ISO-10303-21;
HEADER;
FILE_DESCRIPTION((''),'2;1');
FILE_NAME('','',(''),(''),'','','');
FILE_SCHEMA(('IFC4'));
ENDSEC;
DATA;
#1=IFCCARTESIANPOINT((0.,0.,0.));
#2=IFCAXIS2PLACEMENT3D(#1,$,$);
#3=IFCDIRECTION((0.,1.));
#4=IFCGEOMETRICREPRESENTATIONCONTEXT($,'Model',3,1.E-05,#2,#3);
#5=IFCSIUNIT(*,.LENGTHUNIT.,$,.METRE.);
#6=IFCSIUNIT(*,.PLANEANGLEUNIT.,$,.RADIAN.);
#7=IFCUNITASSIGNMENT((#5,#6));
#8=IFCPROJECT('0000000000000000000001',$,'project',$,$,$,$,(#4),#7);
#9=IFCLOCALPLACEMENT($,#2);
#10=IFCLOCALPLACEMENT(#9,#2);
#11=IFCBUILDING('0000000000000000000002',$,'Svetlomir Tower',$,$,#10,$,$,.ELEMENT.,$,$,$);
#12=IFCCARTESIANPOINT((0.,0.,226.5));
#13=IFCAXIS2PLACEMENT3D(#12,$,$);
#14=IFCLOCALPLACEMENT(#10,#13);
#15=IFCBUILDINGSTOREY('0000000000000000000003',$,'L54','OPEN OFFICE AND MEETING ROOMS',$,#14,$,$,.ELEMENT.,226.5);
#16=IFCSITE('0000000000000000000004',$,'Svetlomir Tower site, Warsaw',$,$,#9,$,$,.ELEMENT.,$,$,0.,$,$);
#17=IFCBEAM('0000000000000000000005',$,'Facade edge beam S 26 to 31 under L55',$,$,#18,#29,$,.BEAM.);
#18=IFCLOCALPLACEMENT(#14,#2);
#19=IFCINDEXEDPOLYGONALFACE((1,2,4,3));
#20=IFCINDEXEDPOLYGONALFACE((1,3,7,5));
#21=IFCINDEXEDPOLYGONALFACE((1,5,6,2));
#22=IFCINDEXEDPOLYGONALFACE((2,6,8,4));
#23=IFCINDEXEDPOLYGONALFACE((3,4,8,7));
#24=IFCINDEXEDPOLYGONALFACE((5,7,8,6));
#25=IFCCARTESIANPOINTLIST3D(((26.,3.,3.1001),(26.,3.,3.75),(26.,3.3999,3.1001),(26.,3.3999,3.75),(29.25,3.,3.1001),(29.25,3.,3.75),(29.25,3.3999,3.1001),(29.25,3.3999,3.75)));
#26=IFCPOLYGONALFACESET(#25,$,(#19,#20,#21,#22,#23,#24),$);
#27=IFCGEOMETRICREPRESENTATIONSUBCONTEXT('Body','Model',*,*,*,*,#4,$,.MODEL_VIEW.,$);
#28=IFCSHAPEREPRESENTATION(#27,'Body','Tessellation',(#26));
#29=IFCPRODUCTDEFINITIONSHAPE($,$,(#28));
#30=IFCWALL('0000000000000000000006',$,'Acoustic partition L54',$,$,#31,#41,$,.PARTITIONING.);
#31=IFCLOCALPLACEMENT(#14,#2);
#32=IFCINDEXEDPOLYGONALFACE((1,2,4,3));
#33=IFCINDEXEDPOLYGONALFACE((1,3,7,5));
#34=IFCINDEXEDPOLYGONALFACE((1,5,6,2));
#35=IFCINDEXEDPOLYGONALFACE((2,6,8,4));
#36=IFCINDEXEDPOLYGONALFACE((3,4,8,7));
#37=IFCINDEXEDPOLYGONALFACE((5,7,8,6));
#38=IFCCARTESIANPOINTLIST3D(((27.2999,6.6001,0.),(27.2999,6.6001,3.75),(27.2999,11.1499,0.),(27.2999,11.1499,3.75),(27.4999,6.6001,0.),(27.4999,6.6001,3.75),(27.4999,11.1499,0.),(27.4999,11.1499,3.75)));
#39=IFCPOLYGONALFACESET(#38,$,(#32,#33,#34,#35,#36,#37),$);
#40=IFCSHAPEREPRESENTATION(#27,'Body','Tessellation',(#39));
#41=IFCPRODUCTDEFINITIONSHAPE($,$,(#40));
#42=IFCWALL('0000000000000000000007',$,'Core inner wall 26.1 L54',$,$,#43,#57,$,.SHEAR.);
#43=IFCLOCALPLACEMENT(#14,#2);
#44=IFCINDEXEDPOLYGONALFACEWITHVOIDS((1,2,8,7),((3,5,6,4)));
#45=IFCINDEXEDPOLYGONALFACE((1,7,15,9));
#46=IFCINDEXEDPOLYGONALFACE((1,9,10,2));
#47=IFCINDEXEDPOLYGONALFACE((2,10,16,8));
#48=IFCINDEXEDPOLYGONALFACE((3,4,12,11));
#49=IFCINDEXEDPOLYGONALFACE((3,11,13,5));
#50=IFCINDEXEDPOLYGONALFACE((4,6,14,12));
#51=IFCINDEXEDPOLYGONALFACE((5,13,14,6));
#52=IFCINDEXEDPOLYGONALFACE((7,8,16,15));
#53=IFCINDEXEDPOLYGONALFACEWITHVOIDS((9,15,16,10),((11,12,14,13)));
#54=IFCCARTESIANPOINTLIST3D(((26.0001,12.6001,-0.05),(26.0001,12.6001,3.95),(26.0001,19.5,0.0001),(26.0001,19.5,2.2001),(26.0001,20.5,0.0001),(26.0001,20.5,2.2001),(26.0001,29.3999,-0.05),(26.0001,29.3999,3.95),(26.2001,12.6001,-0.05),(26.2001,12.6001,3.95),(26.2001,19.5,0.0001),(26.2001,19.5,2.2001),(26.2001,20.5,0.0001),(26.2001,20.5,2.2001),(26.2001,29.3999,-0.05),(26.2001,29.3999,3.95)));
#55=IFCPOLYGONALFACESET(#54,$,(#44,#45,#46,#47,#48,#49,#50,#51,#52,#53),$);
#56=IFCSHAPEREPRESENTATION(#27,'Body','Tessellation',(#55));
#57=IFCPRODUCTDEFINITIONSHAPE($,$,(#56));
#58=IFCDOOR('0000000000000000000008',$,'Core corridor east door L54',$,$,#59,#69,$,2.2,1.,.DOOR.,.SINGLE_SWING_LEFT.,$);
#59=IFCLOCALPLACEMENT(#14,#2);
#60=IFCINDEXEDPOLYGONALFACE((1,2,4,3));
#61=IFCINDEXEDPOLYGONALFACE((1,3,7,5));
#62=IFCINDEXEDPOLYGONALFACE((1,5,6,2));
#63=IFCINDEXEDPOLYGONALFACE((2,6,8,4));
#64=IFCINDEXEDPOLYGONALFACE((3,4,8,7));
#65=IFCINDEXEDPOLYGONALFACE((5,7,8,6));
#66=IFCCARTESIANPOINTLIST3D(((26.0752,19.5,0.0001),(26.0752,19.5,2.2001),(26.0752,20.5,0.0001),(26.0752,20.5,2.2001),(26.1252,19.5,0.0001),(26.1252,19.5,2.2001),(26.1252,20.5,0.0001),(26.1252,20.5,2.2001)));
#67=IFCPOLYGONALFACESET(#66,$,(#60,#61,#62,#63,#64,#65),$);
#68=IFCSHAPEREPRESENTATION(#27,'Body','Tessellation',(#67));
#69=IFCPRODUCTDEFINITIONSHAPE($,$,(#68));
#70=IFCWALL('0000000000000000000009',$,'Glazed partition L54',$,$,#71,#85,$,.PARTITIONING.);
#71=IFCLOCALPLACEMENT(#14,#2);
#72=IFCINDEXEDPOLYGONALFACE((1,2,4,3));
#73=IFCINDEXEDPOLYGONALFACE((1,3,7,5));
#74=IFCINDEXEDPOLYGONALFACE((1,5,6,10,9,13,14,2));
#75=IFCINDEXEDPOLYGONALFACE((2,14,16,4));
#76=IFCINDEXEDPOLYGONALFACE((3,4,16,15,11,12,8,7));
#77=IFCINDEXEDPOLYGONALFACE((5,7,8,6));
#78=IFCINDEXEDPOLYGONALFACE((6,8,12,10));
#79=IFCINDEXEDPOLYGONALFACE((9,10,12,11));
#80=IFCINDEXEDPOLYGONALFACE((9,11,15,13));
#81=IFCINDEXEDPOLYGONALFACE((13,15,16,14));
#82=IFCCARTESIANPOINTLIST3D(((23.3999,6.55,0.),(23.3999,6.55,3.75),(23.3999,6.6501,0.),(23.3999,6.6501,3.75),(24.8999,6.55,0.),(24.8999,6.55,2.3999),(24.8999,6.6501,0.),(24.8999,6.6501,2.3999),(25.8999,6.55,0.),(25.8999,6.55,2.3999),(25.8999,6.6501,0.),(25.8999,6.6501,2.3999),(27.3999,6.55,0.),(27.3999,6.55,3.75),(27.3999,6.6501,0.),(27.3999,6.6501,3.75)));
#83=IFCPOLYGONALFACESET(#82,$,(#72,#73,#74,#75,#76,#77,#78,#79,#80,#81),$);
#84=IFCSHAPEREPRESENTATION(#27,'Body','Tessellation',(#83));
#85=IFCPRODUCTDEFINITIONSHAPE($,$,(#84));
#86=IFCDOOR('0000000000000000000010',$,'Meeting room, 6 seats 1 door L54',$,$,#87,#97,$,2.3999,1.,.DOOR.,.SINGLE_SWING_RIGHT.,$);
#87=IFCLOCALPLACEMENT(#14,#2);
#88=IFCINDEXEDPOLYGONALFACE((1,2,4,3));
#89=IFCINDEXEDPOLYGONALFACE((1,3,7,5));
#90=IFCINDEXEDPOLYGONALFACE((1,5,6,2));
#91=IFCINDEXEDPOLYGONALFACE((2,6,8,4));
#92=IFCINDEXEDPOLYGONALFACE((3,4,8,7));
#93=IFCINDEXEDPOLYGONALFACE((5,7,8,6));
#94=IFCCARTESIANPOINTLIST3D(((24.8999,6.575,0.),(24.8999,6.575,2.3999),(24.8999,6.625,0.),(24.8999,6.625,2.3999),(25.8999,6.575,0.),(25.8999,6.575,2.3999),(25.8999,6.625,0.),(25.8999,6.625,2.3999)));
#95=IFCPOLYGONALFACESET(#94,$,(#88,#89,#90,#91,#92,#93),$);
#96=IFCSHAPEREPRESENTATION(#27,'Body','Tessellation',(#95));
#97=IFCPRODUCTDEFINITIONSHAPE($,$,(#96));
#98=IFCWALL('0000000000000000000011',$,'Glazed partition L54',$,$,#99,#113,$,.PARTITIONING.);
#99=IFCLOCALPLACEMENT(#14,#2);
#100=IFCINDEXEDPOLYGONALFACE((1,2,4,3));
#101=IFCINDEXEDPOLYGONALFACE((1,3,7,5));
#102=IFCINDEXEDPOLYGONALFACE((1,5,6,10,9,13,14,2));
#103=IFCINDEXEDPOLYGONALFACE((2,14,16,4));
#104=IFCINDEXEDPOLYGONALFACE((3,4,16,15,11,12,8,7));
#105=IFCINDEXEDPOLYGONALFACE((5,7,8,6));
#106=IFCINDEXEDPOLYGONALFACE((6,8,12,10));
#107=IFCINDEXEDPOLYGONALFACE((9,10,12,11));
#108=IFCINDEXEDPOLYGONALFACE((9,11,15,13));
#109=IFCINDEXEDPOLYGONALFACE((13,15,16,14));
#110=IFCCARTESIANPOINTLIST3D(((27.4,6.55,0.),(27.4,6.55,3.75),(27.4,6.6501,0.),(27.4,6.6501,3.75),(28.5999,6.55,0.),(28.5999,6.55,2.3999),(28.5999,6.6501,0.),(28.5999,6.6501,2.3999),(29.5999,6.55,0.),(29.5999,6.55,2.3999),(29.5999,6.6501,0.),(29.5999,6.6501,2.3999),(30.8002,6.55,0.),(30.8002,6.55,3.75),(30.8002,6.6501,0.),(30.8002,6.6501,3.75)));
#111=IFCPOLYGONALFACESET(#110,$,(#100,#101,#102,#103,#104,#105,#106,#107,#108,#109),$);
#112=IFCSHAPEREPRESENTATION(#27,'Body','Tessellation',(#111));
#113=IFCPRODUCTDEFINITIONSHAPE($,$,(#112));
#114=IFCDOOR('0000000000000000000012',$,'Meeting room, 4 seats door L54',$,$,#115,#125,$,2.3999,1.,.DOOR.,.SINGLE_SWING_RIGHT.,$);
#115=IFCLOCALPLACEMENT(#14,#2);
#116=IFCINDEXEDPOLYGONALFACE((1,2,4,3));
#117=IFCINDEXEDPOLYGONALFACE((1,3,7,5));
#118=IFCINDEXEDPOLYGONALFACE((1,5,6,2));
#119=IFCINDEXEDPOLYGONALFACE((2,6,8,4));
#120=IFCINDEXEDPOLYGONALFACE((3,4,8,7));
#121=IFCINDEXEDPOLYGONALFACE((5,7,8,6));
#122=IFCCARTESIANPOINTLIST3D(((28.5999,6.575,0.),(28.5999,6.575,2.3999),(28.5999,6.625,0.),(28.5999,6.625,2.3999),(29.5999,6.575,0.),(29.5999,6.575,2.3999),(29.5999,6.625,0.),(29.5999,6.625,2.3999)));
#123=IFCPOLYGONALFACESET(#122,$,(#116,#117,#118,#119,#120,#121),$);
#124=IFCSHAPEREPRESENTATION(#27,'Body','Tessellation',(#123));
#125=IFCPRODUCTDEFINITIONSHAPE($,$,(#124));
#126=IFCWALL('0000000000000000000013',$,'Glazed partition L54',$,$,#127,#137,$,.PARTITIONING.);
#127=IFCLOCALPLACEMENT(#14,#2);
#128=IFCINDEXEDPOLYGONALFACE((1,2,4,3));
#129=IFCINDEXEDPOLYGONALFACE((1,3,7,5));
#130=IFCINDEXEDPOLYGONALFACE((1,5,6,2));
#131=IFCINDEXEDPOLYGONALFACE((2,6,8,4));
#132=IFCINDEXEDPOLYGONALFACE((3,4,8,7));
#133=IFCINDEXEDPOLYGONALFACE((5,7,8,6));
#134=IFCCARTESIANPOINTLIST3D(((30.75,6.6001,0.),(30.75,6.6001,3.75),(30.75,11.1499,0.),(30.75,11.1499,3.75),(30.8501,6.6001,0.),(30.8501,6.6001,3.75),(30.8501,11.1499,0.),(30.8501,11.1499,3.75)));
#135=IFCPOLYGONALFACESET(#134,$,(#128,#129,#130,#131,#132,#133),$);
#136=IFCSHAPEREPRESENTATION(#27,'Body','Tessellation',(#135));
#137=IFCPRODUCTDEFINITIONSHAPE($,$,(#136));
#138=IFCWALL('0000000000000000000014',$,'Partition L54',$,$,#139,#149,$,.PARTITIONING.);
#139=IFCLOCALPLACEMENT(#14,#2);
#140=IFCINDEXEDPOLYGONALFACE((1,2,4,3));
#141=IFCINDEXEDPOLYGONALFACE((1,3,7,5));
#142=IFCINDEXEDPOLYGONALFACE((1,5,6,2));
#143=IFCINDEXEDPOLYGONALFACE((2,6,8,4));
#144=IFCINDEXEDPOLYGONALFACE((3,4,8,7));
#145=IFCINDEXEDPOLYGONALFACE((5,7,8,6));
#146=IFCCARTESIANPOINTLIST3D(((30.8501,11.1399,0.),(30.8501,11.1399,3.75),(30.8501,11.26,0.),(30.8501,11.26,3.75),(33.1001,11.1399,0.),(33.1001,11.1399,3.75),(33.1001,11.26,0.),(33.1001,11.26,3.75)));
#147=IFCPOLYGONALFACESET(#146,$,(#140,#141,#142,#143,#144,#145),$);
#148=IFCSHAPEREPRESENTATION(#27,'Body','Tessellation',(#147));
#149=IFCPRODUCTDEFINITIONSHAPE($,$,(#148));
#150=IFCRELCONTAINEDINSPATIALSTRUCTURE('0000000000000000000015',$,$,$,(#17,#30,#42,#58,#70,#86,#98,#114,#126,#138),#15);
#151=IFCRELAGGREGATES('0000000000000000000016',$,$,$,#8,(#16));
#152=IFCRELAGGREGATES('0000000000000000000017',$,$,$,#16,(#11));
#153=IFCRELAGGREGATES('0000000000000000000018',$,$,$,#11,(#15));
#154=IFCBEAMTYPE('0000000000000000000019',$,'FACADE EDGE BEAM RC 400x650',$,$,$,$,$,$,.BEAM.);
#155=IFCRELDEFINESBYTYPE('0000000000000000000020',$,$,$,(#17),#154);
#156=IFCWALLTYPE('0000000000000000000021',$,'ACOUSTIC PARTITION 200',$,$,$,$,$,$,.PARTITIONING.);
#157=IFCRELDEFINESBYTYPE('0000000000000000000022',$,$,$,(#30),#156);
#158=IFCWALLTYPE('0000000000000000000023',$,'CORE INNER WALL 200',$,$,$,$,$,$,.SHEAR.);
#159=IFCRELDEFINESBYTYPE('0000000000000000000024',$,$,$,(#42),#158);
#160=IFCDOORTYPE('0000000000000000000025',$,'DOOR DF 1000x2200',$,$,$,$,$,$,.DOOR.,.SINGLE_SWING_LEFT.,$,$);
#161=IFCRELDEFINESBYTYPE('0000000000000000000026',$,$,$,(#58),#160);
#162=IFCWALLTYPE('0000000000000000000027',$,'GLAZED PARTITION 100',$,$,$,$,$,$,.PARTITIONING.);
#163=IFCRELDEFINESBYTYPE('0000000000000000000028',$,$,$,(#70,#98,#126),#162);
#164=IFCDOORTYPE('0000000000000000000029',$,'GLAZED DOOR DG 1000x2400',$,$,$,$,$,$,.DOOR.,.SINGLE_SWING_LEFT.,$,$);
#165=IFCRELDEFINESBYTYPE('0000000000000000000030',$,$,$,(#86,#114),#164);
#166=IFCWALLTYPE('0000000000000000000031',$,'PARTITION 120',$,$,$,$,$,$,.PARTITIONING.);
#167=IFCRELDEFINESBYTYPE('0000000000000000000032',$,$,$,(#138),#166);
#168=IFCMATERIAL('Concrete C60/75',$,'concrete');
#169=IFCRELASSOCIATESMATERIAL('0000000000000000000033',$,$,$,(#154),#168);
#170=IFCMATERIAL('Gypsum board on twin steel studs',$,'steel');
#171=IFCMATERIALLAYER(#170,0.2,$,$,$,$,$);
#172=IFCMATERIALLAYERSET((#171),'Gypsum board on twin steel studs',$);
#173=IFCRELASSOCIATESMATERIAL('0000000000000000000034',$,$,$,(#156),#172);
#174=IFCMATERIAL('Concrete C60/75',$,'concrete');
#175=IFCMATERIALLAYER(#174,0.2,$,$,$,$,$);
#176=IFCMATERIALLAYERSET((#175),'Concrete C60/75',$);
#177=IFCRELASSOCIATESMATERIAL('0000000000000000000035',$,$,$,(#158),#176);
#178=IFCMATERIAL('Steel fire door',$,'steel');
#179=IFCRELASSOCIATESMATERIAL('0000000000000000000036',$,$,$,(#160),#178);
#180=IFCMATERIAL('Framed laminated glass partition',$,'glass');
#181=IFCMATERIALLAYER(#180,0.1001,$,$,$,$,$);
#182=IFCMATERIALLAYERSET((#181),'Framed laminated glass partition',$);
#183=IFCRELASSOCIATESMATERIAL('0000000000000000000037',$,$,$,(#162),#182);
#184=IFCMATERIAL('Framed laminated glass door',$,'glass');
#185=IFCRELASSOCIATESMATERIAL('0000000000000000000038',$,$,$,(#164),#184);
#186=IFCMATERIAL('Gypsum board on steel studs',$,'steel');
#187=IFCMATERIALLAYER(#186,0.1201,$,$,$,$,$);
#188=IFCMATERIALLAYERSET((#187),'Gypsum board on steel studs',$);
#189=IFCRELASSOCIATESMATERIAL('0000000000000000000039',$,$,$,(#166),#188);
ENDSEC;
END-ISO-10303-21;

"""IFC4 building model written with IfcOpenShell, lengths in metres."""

from ifc_helpers import new_model, si_unit, direction, frame, frame_2d, origin, origin_2d, place, context, subcontext, project, spatial, rectangle, extrude, material, layer, layer_set, material_profile, profile_set, type_object, element, fill, save


model = new_model("IFC4")

# Units and contexts
model_context = context("Model", 3, precision=1e-05, world=origin(), true_north=direction((0.0, 1.0)))
body_context = subcontext(model_context, "Body", "Model", "MODEL_VIEW")
ifc_project = project(units=[si_unit("LENGTHUNIT", "METRE"), si_unit("PLANEANGLEUNIT", "RADIAN")], contexts=[model_context])

# Site, building, storey
site_placement = place(None, origin())
site = spatial("IfcSite", under=ifc_project, at=site_placement, Name="Svetlomir Tower site, Warsaw", CompositionType="ELEMENT", RefElevation=0.0)
building_placement = place(site_placement, origin())
building = spatial("IfcBuilding", under=site, at=building_placement, Name="Svetlomir Tower", CompositionType="ELEMENT")
storey_placement = place(building_placement, frame((0.0, 0.0, 226.5)))
storey = spatial("IfcBuildingStorey", under=building, at=storey_placement, Name="L54", Description="OPEN OFFICE AND MEETING ROOMS", CompositionType="ELEMENT", Elevation=226.5)

# Beam
ifc_material_1 = material(Name="Concrete C60/75", Category="concrete")
ifc_material_profile = material_profile(ifc_material_1, rectangle(XDim=0.3999, YDim=0.6499, at=origin_2d()), Name="RC 400x650")
ifc_profile_set = profile_set([ifc_material_profile], Name="Concrete C60/75")
beam_type = type_object("IfcBeamType", Name="FACADE EDGE BEAM RC 400x650", PredefinedType="BEAM", material=ifc_profile_set)
beam_placement = place(storey_placement, frame((26.0, 3.2, 3.425), z_axis=(1.0, 0.0, 0.0), x_axis=(0.0, 1.0, 0.0)))
element("IfcBeam", 1, at=beam_placement, inside=storey, type_object=beam_type, Name="Facade edge beam S 26 to 31 under L55", PredefinedType="BEAM", context=body_context, shape_type="SweptSolid", body=[
    extrude(rectangle(XDim=0.3999, YDim=0.6499, at=origin_2d()), origin(), (0.0, 0.0, 1.0), 3.25),
])

# Wall
ifc_material_2 = material(Name="Gypsum board on twin steel studs", Category="steel")
ifc_layer_1 = layer(ifc_material_2, 0.2)
ifc_layer_set_1 = layer_set([ifc_layer_1], Name="Gypsum board on twin steel studs")
wall_type_1 = type_object("IfcWallType", Name="ACOUSTIC PARTITION 200", PredefinedType="PARTITIONING", material=ifc_layer_set_1)
wall_1_placement = place(storey_placement, frame((27.3999, 6.6001, 0.0), z_axis=(0.0, 0.0, 1.0), x_axis=(0.0, 1.0, 0.0)))
element("IfcWall", 2, at=wall_1_placement, inside=storey, type_object=wall_type_1, Name="Acoustic partition L54", PredefinedType="PARTITIONING", context=body_context, shape_type="SweptSolid", body=[
    extrude(rectangle(XDim=4.5498, YDim=0.2, at=frame_2d((2.2749, 0.0))), origin(), (0.0, 0.0, 1.0), 3.75),
])

# Walls, openings, doors
ifc_material_3 = material(Name="Concrete C60/75", Category="concrete")
ifc_layer_2 = layer(ifc_material_3, 0.2)
ifc_layer_set_2 = layer_set([ifc_layer_2], Name="Concrete C60/75")
wall_type_2 = type_object("IfcWallType", Name="CORE INNER WALL 200", PredefinedType="SHEAR", material=ifc_layer_set_2)
wall_2_placement = place(storey_placement, frame((26.1001, 12.6001, -0.05), z_axis=(0.0, 0.0, 1.0), x_axis=(0.0, 1.0, 0.0)))
wall_2 = element("IfcWall", 3, at=wall_2_placement, inside=storey, type_object=wall_type_2, Name="Core inner wall 26.1 L54", PredefinedType="SHEAR", context=body_context, shape_type="SweptSolid", body=[
    extrude(rectangle(XDim=16.7998, YDim=0.2, at=frame_2d((8.3999, 0.0))), origin(), (0.0, 0.0, 1.0), 4.0),
])
opening_1_placement = place(wall_2_placement, frame((6.8999, 0.0, 0.05)))
opening_1 = element("IfcOpeningElement", 4, at=opening_1_placement, cuts=wall_2, PredefinedType="OPENING", context=body_context, shape_type="SweptSolid", body=[
    extrude(rectangle(XDim=1.0, YDim=2.2, at=frame_2d((0.5, 1.1001))), frame((0.0, 0.1099, 0.0), z_axis=(0.0, -1.0, 0.0), x_axis=(1.0, 0.0, 0.0)), (0.0, 0.0, 1.0), 0.22),
])
ifc_material_4 = material(Name="Steel fire door", Category="steel")
door_type_1 = type_object("IfcDoorType", Name="DOOR DF 1000x2200", OperationType="SINGLE_SWING_LEFT", PredefinedType="DOOR", material=ifc_material_4)
door_1_placement = place(opening_1_placement, origin())
door_1 = element("IfcDoor", 5, at=door_1_placement, inside=storey, type_object=door_type_1, Name="Core corridor east door L54", OperationType="SINGLE_SWING_LEFT", OverallHeight=2.2, OverallWidth=1.0, PredefinedType="DOOR", context=body_context, shape_type="SweptSolid", body=[
    extrude(rectangle(XDim=1.0, YDim=2.2, at=frame_2d((0.5, 1.1001))), frame((0.0, 0.0249, 0.0), z_axis=(0.0, -1.0, 0.0), x_axis=(1.0, 0.0, 0.0)), (0.0, 0.0, 1.0), 0.05),
])
fill(opening_1, door_1)
ifc_material_5 = material(Name="Framed laminated glass partition", Category="glass")
ifc_layer_3 = layer(ifc_material_5, 0.1001)
ifc_layer_set_3 = layer_set([ifc_layer_3], Name="Framed laminated glass partition")
wall_type_3 = type_object("IfcWallType", Name="GLAZED PARTITION 100", PredefinedType="PARTITIONING", material=ifc_layer_set_3)
wall_3_placement = place(storey_placement, frame((23.3999, 6.6001, 0.0), z_axis=(0.0, 0.0, 1.0), x_axis=(1.0, 0.0, 0.0)))
wall_3 = element("IfcWall", 6, at=wall_3_placement, inside=storey, type_object=wall_type_3, Name="Glazed partition L54", PredefinedType="PARTITIONING", context=body_context, shape_type="SweptSolid", body=[
    extrude(rectangle(XDim=4.0, YDim=0.1001, at=frame_2d((2.0, 0.0))), origin(), (0.0, 0.0, 1.0), 3.75),
])
opening_2_placement = place(wall_3_placement, frame((1.5, 0.0, 0.0)))
opening_2 = element("IfcOpeningElement", 7, at=opening_2_placement, cuts=wall_3, PredefinedType="OPENING", context=body_context, shape_type="SweptSolid", body=[
    extrude(rectangle(XDim=1.0, YDim=2.3999, at=frame_2d((0.5, 1.2))), frame((0.0, 0.0601, 0.0), z_axis=(0.0, -1.0, 0.0), x_axis=(1.0, 0.0, 0.0)), (0.0, 0.0, 1.0), 0.1201),
])
ifc_material_6 = material(Name="Framed laminated glass door", Category="glass")
door_type_2 = type_object("IfcDoorType", Name="GLAZED DOOR DG 1000x2400", OperationType="SINGLE_SWING_LEFT", PredefinedType="DOOR", material=ifc_material_6)
door_2_placement = place(opening_2_placement, origin())
door_2 = element("IfcDoor", 8, at=door_2_placement, inside=storey, type_object=door_type_2, Name="Meeting room, 6 seats 1 door L54", OperationType="SINGLE_SWING_RIGHT", OverallHeight=2.3999, OverallWidth=1.0, PredefinedType="DOOR", context=body_context, shape_type="SweptSolid", body=[
    extrude(rectangle(XDim=1.0, YDim=2.3999, at=frame_2d((0.5, 1.2))), frame((0.0, 0.0249, 0.0), z_axis=(0.0, -1.0, 0.0), x_axis=(1.0, 0.0, 0.0)), (0.0, 0.0, 1.0), 0.05),
])
fill(opening_2, door_2)
wall_4_placement = place(storey_placement, frame((27.3999, 6.6001, 0.0), z_axis=(0.0, 0.0, 1.0), x_axis=(1.0, 0.0, 0.0)))
wall_4 = element("IfcWall", 9, at=wall_4_placement, inside=storey, type_object=wall_type_3, Name="Glazed partition L54", PredefinedType="PARTITIONING", context=body_context, shape_type="SweptSolid", body=[
    extrude(rectangle(XDim=3.4001, YDim=0.1001, at=frame_2d((1.7002, 0.0))), origin(), (0.0, 0.0, 1.0), 3.75),
])
opening_3_placement = place(wall_4_placement, frame((1.2, 0.0, 0.0)))
opening_3 = element("IfcOpeningElement", 10, at=opening_3_placement, cuts=wall_4, PredefinedType="OPENING", context=body_context, shape_type="SweptSolid", body=[
    extrude(rectangle(XDim=1.0, YDim=2.3999, at=frame_2d((0.5, 1.2))), frame((0.0, 0.0601, 0.0), z_axis=(0.0, -1.0, 0.0), x_axis=(1.0, 0.0, 0.0)), (0.0, 0.0, 1.0), 0.1201),
])
door_3_placement = place(opening_3_placement, origin())
door_3 = element("IfcDoor", 11, at=door_3_placement, inside=storey, type_object=door_type_2, Name="Meeting room, 4 seats door L54", OperationType="SINGLE_SWING_RIGHT", OverallHeight=2.3999, OverallWidth=1.0, PredefinedType="DOOR", context=body_context, shape_type="SweptSolid", body=[
    extrude(rectangle(XDim=1.0, YDim=2.3999, at=frame_2d((0.5, 1.2))), frame((0.0, 0.0249, 0.0), z_axis=(0.0, -1.0, 0.0), x_axis=(1.0, 0.0, 0.0)), (0.0, 0.0, 1.0), 0.05),
])
fill(opening_3, door_3)

# Walls
wall_5_placement = place(storey_placement, frame((30.8, 6.6001, 0.0), z_axis=(0.0, 0.0, 1.0), x_axis=(0.0, 1.0, 0.0)))
element("IfcWall", 12, at=wall_5_placement, inside=storey, type_object=wall_type_3, Name="Glazed partition L54", PredefinedType="PARTITIONING", context=body_context, shape_type="SweptSolid", body=[
    extrude(rectangle(XDim=4.5498, YDim=0.1001, at=frame_2d((2.2749, 0.0))), origin(), (0.0, 0.0, 1.0), 3.75),
])
ifc_material_7 = material(Name="Gypsum board on steel studs", Category="steel")
ifc_layer_4 = layer(ifc_material_7, 0.1201)
ifc_layer_set_4 = layer_set([ifc_layer_4], Name="Gypsum board on steel studs")
wall_type_4 = type_object("IfcWallType", Name="PARTITION 120", PredefinedType="PARTITIONING", material=ifc_layer_set_4)
wall_6_placement = place(storey_placement, frame((30.8501, 11.2, 0.0), z_axis=(0.0, 0.0, 1.0), x_axis=(1.0, 0.0, 0.0)))
element("IfcWall", 13, at=wall_6_placement, inside=storey, type_object=wall_type_4, Name="Partition L54", PredefinedType="PARTITIONING", context=body_context, shape_type="SweptSolid", body=[
    extrude(rectangle(XDim=2.25, YDim=0.1201, at=frame_2d((1.125, 0.0))), origin(), (0.0, 0.0, 1.0), 3.75),
])

save(model, "model.ifc")
